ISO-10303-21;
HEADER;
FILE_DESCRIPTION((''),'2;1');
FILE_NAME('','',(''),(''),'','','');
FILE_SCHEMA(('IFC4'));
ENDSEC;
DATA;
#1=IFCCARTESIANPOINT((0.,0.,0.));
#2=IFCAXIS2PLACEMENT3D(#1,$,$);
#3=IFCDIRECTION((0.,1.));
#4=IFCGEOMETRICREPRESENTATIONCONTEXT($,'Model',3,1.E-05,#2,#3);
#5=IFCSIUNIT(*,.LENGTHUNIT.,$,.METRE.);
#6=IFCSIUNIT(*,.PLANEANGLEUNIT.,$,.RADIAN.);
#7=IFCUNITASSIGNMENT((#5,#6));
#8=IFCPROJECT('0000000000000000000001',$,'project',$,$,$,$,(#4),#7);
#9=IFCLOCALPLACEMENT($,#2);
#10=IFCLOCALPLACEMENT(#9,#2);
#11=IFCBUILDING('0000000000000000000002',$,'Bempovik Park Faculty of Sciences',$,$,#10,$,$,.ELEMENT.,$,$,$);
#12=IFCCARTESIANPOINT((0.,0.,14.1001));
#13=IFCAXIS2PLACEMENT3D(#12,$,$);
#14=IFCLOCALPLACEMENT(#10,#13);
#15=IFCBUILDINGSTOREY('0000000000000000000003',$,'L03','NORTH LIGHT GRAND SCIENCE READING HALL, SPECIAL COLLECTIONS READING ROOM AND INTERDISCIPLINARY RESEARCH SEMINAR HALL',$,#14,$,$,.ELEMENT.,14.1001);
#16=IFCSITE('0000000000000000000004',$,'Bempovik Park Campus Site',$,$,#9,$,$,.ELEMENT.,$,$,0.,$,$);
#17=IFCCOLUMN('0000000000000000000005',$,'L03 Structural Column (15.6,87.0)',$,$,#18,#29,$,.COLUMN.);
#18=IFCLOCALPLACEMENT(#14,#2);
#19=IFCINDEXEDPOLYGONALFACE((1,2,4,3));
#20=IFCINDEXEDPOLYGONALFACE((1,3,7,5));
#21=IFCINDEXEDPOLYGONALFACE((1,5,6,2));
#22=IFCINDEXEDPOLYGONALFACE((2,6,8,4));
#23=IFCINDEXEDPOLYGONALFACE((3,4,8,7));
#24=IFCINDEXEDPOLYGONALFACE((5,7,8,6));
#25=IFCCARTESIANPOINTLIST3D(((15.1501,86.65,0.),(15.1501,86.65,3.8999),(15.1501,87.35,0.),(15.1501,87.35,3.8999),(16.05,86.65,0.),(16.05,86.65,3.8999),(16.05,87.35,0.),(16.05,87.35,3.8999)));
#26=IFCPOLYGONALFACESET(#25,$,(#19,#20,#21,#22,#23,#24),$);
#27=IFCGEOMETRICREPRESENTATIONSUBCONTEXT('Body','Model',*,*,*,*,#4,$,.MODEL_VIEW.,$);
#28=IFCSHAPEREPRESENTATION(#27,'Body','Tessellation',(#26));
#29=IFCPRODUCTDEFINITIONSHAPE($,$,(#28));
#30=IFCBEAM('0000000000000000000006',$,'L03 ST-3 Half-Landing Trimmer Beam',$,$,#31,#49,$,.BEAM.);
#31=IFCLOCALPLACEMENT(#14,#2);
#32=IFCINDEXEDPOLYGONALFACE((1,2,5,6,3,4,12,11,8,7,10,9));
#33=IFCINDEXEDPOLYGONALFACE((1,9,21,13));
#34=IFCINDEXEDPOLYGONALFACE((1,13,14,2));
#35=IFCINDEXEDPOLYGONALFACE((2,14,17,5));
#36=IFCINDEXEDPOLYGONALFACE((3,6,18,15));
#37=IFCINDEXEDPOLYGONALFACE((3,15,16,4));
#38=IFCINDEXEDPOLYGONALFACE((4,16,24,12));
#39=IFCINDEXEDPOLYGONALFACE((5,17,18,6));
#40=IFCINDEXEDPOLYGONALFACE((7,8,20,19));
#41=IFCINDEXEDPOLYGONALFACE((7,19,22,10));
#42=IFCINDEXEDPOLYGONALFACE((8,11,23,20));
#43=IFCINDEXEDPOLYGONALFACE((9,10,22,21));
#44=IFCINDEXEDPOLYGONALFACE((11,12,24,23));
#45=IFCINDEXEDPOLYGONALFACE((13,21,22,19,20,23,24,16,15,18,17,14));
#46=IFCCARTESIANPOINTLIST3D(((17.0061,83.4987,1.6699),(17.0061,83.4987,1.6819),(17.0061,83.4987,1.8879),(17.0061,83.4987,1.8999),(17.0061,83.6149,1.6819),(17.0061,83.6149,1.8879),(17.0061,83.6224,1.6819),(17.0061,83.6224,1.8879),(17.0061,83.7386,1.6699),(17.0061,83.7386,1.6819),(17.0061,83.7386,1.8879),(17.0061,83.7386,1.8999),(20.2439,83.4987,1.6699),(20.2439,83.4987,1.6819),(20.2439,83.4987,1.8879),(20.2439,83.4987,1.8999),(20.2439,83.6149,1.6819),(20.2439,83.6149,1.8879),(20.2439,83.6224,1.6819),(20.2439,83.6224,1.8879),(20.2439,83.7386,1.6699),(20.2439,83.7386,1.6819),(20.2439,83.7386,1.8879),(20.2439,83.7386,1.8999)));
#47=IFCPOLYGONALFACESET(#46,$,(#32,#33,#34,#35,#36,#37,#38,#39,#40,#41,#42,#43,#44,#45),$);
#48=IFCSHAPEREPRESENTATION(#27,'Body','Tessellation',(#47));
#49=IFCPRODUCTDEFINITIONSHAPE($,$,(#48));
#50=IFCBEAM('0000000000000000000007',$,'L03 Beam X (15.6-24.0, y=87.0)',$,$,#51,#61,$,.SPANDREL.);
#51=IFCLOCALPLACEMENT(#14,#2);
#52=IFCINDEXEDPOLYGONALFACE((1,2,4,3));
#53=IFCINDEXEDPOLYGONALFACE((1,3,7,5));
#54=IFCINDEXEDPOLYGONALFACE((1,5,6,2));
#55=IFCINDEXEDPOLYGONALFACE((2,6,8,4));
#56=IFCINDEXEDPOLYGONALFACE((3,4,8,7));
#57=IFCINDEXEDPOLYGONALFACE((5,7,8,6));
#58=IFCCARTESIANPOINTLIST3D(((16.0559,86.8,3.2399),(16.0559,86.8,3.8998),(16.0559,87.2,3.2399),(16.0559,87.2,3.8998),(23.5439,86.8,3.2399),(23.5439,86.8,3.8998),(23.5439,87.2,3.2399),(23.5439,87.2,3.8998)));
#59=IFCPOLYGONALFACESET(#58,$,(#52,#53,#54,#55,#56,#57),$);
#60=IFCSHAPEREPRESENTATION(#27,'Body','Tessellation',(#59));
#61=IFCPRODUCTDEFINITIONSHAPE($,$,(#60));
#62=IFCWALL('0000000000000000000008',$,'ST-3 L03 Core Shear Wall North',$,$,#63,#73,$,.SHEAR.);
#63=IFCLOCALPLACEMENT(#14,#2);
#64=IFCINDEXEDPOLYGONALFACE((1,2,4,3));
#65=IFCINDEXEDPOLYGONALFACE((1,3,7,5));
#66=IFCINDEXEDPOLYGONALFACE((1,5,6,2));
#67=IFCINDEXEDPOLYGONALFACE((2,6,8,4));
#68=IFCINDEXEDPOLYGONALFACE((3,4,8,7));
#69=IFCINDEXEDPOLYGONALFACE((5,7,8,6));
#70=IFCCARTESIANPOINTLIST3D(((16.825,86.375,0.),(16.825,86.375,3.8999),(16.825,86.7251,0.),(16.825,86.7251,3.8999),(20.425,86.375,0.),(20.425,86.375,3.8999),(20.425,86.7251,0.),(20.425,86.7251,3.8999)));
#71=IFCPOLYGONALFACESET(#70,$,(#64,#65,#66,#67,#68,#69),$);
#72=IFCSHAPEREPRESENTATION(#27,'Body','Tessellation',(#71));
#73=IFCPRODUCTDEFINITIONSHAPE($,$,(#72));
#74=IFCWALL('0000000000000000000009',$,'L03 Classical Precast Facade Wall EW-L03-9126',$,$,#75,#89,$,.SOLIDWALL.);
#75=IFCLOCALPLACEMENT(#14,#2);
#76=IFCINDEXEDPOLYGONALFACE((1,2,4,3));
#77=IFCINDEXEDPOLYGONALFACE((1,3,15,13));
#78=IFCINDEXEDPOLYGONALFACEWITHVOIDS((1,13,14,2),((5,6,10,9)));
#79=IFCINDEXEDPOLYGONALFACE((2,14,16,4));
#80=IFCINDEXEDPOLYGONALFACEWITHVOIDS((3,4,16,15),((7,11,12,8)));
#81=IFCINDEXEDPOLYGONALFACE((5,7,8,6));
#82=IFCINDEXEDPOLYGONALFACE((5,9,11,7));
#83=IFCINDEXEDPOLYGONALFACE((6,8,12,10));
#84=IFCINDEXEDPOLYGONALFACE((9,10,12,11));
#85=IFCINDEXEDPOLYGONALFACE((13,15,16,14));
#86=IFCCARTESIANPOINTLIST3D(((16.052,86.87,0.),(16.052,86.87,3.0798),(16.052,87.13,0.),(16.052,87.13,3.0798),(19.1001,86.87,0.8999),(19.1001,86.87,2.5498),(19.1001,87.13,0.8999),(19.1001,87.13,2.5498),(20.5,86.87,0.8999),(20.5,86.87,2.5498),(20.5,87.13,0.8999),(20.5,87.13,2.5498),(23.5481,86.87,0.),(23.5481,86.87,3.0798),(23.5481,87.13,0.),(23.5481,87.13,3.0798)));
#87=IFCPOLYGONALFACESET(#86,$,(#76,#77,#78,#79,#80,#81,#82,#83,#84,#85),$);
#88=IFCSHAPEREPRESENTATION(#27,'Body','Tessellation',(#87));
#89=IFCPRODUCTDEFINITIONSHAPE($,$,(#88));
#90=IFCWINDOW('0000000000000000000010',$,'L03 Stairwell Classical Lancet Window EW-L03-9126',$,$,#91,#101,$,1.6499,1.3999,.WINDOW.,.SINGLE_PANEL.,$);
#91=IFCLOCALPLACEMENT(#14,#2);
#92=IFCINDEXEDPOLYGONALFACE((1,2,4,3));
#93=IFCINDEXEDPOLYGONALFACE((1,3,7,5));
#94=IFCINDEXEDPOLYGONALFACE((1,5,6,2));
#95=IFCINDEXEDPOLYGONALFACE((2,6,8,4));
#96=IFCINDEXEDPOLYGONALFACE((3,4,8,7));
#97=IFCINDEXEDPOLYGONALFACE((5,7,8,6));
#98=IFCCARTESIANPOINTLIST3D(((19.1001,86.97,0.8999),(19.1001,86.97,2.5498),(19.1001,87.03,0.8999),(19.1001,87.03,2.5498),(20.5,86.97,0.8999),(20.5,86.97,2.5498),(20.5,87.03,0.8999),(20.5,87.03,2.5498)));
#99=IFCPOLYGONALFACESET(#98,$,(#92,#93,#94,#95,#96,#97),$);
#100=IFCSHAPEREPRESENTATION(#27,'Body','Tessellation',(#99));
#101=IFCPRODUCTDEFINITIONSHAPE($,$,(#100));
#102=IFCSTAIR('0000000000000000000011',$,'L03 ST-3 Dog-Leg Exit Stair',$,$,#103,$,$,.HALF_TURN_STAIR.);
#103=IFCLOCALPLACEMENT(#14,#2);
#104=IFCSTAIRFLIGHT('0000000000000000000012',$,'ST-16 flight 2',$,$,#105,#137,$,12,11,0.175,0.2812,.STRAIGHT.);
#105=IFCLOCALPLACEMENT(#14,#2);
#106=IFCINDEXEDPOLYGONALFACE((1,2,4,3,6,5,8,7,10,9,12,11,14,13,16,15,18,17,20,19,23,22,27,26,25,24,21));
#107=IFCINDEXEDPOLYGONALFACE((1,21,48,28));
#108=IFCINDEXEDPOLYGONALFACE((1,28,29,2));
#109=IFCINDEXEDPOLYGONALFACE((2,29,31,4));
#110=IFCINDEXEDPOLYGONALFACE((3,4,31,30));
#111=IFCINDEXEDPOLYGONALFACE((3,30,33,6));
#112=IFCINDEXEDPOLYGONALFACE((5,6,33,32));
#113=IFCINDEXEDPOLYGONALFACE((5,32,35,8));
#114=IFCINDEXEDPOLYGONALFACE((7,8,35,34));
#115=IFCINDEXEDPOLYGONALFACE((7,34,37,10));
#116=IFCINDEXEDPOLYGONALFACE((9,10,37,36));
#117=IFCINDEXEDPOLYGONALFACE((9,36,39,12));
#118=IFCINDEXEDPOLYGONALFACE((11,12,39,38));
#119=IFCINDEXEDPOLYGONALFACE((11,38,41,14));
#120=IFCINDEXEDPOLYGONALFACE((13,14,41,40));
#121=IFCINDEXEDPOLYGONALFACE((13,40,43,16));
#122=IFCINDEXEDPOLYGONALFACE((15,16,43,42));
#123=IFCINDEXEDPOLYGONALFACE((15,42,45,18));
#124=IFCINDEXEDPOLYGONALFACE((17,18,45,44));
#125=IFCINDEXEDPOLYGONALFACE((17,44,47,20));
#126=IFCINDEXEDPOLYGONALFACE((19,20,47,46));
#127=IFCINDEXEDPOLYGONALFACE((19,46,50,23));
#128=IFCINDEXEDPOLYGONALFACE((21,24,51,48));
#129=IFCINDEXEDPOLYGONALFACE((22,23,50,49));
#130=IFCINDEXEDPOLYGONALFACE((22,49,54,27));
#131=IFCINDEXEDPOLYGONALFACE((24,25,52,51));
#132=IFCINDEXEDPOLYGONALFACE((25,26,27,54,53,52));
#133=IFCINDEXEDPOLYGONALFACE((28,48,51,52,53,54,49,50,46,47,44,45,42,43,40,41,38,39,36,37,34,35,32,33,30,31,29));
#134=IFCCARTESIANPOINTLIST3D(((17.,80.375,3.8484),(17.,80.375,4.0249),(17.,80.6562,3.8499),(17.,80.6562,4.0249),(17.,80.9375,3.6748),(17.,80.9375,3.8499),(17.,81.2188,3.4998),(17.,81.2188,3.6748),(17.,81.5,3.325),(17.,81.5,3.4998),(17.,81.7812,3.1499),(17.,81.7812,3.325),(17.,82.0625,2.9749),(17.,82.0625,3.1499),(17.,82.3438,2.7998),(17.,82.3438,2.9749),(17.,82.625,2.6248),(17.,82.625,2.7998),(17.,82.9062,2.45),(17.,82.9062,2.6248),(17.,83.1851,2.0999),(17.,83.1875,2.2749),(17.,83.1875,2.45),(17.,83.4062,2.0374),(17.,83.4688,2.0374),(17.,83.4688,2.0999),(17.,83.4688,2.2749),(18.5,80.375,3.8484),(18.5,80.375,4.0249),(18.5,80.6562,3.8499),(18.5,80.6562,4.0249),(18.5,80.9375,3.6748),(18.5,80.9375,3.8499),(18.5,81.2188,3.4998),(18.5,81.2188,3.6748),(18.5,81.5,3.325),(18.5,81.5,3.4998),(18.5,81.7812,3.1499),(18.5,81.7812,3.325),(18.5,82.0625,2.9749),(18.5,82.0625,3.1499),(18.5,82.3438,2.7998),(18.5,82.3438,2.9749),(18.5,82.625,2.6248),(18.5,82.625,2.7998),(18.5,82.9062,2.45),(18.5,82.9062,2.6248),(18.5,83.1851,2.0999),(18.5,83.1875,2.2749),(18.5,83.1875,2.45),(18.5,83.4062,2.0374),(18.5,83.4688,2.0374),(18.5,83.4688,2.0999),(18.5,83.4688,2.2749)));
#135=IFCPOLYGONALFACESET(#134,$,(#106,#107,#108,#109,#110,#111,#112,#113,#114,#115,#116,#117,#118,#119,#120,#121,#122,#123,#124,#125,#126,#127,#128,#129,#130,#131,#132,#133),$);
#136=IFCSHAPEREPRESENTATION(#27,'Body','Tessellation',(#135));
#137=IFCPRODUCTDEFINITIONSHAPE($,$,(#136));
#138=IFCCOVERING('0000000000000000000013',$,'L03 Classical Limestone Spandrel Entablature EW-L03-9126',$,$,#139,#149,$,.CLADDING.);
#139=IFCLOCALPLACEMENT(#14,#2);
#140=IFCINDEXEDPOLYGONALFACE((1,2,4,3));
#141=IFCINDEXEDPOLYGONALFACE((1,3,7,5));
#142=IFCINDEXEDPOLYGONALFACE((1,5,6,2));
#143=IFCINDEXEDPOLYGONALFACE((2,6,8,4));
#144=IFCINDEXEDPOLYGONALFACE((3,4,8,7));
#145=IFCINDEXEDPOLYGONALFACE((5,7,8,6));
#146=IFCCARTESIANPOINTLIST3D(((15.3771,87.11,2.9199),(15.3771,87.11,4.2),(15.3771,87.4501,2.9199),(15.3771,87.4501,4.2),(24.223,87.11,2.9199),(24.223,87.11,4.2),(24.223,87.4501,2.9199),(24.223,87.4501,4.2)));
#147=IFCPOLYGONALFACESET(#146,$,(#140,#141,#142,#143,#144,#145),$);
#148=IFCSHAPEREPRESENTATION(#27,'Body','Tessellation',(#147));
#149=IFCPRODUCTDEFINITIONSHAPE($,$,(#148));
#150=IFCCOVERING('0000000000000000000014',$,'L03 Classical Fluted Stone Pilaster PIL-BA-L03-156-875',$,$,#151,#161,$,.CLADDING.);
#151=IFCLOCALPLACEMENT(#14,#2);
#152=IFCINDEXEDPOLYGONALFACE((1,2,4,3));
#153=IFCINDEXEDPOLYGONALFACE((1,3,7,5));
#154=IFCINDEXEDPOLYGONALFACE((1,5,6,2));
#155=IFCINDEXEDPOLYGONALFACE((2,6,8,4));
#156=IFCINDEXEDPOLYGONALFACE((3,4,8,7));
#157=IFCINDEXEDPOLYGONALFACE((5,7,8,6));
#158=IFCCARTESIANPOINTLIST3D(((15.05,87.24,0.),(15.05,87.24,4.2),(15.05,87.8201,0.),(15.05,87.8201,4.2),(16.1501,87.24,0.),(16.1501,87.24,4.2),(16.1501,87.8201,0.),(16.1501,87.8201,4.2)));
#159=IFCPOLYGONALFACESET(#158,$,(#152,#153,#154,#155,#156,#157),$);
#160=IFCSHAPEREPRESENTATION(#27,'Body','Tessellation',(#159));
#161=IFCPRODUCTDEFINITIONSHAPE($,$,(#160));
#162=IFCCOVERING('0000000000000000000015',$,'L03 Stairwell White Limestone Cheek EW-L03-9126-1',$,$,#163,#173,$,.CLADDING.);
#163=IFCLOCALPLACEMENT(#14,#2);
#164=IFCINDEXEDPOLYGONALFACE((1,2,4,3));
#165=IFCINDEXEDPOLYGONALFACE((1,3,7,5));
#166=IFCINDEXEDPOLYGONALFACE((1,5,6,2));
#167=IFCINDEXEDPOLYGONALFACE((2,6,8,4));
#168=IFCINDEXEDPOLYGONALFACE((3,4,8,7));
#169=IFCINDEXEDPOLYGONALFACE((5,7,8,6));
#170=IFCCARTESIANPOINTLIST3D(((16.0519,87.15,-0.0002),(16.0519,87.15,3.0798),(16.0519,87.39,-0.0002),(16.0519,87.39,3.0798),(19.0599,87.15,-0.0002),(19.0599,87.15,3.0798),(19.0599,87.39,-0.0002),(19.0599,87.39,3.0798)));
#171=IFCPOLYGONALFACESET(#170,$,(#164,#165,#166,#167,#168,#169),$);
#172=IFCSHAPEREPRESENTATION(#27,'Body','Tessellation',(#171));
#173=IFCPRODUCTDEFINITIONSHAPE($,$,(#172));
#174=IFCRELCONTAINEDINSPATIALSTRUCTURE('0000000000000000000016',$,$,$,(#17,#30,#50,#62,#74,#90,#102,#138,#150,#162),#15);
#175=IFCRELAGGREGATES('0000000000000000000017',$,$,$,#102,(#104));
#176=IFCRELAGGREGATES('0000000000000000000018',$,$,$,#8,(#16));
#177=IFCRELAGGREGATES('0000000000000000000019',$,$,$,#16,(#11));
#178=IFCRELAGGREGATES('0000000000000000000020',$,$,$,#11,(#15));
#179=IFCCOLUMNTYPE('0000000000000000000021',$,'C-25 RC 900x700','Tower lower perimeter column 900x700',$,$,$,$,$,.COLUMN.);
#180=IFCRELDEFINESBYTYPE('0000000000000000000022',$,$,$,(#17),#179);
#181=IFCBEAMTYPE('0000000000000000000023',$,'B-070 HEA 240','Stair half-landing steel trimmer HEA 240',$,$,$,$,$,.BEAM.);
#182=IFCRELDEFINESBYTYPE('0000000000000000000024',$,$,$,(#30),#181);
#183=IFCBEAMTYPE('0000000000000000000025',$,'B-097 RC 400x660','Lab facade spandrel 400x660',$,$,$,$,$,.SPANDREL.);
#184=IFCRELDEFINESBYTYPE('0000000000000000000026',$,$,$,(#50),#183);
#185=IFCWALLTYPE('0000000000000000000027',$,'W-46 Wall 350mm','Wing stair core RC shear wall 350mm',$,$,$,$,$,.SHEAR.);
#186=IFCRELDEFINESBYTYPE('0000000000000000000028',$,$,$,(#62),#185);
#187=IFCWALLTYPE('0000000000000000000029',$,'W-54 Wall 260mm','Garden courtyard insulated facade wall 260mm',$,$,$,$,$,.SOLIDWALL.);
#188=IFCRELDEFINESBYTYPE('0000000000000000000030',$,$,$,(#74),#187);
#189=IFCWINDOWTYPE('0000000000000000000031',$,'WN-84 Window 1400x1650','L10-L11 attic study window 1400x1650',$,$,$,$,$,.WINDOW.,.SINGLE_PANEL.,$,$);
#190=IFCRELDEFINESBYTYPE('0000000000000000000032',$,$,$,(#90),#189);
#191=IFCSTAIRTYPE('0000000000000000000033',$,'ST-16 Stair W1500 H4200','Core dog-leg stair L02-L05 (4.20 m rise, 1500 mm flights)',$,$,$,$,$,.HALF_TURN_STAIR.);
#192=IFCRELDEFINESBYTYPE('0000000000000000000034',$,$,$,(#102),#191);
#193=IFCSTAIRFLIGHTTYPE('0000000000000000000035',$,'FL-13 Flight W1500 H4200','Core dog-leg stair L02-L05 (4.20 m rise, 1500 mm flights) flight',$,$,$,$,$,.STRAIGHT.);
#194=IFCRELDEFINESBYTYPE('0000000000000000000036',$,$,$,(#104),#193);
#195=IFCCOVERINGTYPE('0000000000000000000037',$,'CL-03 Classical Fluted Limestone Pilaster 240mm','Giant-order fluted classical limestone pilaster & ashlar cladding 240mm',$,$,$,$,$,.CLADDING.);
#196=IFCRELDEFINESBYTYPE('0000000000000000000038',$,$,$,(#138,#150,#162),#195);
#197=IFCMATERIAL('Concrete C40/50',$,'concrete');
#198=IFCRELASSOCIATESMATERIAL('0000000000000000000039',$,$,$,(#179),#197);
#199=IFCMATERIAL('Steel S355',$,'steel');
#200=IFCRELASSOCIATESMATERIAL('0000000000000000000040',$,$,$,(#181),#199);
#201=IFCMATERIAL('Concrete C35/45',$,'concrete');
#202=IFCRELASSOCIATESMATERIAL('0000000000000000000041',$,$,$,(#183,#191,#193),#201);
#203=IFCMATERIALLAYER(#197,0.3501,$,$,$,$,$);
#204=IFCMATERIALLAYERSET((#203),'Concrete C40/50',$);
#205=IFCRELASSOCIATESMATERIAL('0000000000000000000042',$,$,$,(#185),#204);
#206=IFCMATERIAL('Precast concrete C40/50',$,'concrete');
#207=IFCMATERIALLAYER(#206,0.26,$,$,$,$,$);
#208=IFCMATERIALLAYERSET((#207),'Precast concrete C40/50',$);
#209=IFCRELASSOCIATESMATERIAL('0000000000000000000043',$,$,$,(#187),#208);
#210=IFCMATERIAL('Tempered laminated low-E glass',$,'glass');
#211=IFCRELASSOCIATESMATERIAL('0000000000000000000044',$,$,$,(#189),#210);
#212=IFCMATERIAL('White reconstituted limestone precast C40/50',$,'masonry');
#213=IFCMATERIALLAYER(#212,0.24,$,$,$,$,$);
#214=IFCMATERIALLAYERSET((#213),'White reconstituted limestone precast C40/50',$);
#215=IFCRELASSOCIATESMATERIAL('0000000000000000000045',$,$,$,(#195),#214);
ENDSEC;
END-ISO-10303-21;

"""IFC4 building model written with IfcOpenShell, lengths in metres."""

from ifc_helpers import new_model, si_unit, direction, frame, frame_2d, origin, origin_2d, place, context, subcontext, project, spatial, polyline, rectangle, i_section, outline, extrude, material, layer, layer_set, material_profile, profile_set, type_object, element, fill, aggregate, save


model = new_model("IFC4")

# Units and contexts
model_context = context("Model", 3, precision=1e-05, world=origin(), true_north=direction((0.0, 1.0)))
body_context = subcontext(model_context, "Body", "Model", "MODEL_VIEW")
ifc_project = project(units=[si_unit("LENGTHUNIT", "METRE"), si_unit("PLANEANGLEUNIT", "RADIAN")], contexts=[model_context])

# Site, building, storey
site_placement = place(None, origin())
site = spatial("IfcSite", under=ifc_project, at=site_placement, Name="Bempovik Park Campus Site", CompositionType="ELEMENT", RefElevation=0.0)
building_placement = place(site_placement, origin())
building = spatial("IfcBuilding", under=site, at=building_placement, Name="Bempovik Park Faculty of Sciences", CompositionType="ELEMENT")
storey_placement = place(building_placement, frame((0.0, 0.0, 14.1001)))
storey = spatial("IfcBuildingStorey", under=building, at=storey_placement, Name="L03", Description="NORTH LIGHT GRAND SCIENCE READING HALL, SPECIAL COLLECTIONS READING ROOM AND INTERDISCIPLINARY RESEARCH SEMINAR HALL", CompositionType="ELEMENT", Elevation=14.1001)

# Column
ifc_material_1 = material(Name="Concrete C40/50", Category="concrete")
ifc_material_profile_1 = material_profile(ifc_material_1, rectangle(XDim=0.8999, YDim=0.7, at=origin_2d()), Name="RC 900x700")
ifc_profile_set_1 = profile_set([ifc_material_profile_1], Name="Concrete C40/50")
column_type = type_object("IfcColumnType", Name="C-25 RC 900x700", Description="Tower lower perimeter column 900x700", PredefinedType="COLUMN", material=ifc_profile_set_1)
column_placement = place(storey_placement, frame((15.6001, 87.0, 0.0), z_axis=(0.0, 0.0, 1.0), x_axis=(1.0, 0.0, 0.0)))
element("IfcColumn", 1, at=column_placement, inside=storey, type_object=column_type, Name="L03 Structural Column (15.6,87.0)", PredefinedType="COLUMN", context=body_context, shape_type="SweptSolid", body=[
    extrude(rectangle(XDim=0.8999, YDim=0.7, at=origin_2d()), origin(), (0.0, 0.0, 1.0), 3.8999),
])

# Beams
ifc_material_2 = material(Name="Steel S355", Category="steel")
ifc_material_profile_2 = material_profile(ifc_material_2, i_section(OverallWidth=0.24, OverallDepth=0.23, WebThickness=0.0076, FlangeThickness=0.012, at=origin_2d()), Name="HEA 240")
ifc_profile_set_2 = profile_set([ifc_material_profile_2], Name="Steel S355")
beam_type_1 = type_object("IfcBeamType", Name="B-070 HEA 240", Description="Stair half-landing steel trimmer HEA 240", PredefinedType="BEAM", material=ifc_profile_set_2)
beam_1_placement = place(storey_placement, frame((17.0061, 83.6187, 1.7849), z_axis=(1.0, 0.0, 0.0), x_axis=(0.0, 1.0, 0.0)))
element("IfcBeam", 2, at=beam_1_placement, inside=storey, type_object=beam_type_1, Name="L03 ST-3 Half-Landing Trimmer Beam", PredefinedType="BEAM", context=body_context, shape_type="SweptSolid", body=[
    extrude(i_section(OverallWidth=0.24, OverallDepth=0.23, WebThickness=0.0076, FlangeThickness=0.012, at=origin_2d()), origin(), (0.0, 0.0, 1.0), 3.2378),
])
ifc_material_3 = material(Name="Concrete C35/45", Category="concrete")
ifc_material_profile_3 = material_profile(ifc_material_3, rectangle(XDim=0.3999, YDim=0.6599, at=origin_2d()), Name="RC 400x660")
ifc_profile_set_3 = profile_set([ifc_material_profile_3], Name="Concrete C35/45")
beam_type_2 = type_object("IfcBeamType", Name="B-097 RC 400x660", Description="Lab facade spandrel 400x660", PredefinedType="SPANDREL", material=ifc_profile_set_3)
beam_2_placement = place(storey_placement, frame((16.0559, 87.0, 3.5698), z_axis=(1.0, 0.0, 0.0), x_axis=(0.0, 1.0, 0.0)))
element("IfcBeam", 3, at=beam_2_placement, inside=storey, type_object=beam_type_2, Name="L03 Beam X (15.6-24.0, y=87.0)", PredefinedType="SPANDREL", context=body_context, shape_type="SweptSolid", body=[
    extrude(rectangle(XDim=0.3999, YDim=0.6599, at=origin_2d()), origin(), (0.0, 0.0, 1.0), 7.488),
])

# Wall
ifc_layer_1 = layer(ifc_material_1, 0.3501)
ifc_layer_set_1 = layer_set([ifc_layer_1], Name="Concrete C40/50")
wall_type_1 = type_object("IfcWallType", Name="W-46 Wall 350mm", Description="Wing stair core RC shear wall 350mm", PredefinedType="SHEAR", material=ifc_layer_set_1)
wall_1_placement = place(storey_placement, frame((16.825, 86.55, 0.0), z_axis=(0.0, 0.0, 1.0), x_axis=(1.0, 0.0, 0.0)))
element("IfcWall", 4, at=wall_1_placement, inside=storey, type_object=wall_type_1, Name="ST-3 L03 Core Shear Wall North", PredefinedType="SHEAR", context=body_context, shape_type="SweptSolid", body=[
    extrude(rectangle(XDim=3.6001, YDim=0.3501, at=frame_2d((1.8, 0.0))), origin(), (0.0, 0.0, 1.0), 3.8999),
])

# Wall, opening, window
ifc_material_4 = material(Name="Precast concrete C40/50", Category="concrete")
ifc_layer_2 = layer(ifc_material_4, 0.26)
ifc_layer_set_2 = layer_set([ifc_layer_2], Name="Precast concrete C40/50")
wall_type_2 = type_object("IfcWallType", Name="W-54 Wall 260mm", Description="Garden courtyard insulated facade wall 260mm", PredefinedType="SOLIDWALL", material=ifc_layer_set_2)
wall_2_placement = place(storey_placement, frame((16.052, 87.0, 0.0), z_axis=(0.0, 0.0, 1.0), x_axis=(1.0, 0.0, 0.0)))
wall_2 = element("IfcWall", 5, at=wall_2_placement, inside=storey, type_object=wall_type_2, Name="L03 Classical Precast Facade Wall EW-L03-9126", PredefinedType="SOLIDWALL", context=body_context, shape_type="SweptSolid", body=[
    extrude(rectangle(XDim=7.4961, YDim=0.26, at=frame_2d((3.748, 0.0))), origin(), (0.0, 0.0, 1.0), 3.0798),
])
opening_placement = place(wall_2_placement, frame((3.0481, 0.0, 0.8999)))
opening = element("IfcOpeningElement", 6, at=opening_placement, cuts=wall_2, PredefinedType="OPENING", context=body_context, shape_type="SweptSolid", body=[
    extrude(rectangle(XDim=1.3999, YDim=1.6499, at=frame_2d((0.7, 0.825))), frame((0.0, 0.1401, 0.0), z_axis=(0.0, -1.0, 0.0), x_axis=(1.0, 0.0, 0.0)), (0.0, 0.0, 1.0), 0.28),
])
ifc_material_5 = material(Name="Tempered laminated low-E glass", Category="glass")
window_type = type_object("IfcWindowType", Name="WN-84 Window 1400x1650", Description="L10-L11 attic study window 1400x1650", PartitioningType="SINGLE_PANEL", PredefinedType="WINDOW", material=ifc_material_5)
window_placement = place(opening_placement, origin())
window = element("IfcWindow", 7, at=window_placement, inside=storey, type_object=window_type, Name="L03 Stairwell Classical Lancet Window EW-L03-9126", OverallHeight=1.6499, OverallWidth=1.3999, PartitioningType="SINGLE_PANEL", PredefinedType="WINDOW", context=body_context, shape_type="SweptSolid", body=[
    extrude(rectangle(XDim=1.3999, YDim=1.6499, at=frame_2d((0.7, 0.825))), frame((0.0, 0.03, 0.0), z_axis=(0.0, -1.0, 0.0), x_axis=(1.0, 0.0, 0.0)), (0.0, 0.0, 1.0), 0.0601),
])
fill(opening, window)

# Stair, stair flight
stair_type = type_object("IfcStairType", Name="ST-16 Stair W1500 H4200", Description="Core dog-leg stair L02-L05 (4.20 m rise, 1500 mm flights)", PredefinedType="HALF_TURN_STAIR", material=ifc_material_3)
stair_placement = place(storey_placement, origin())
stair = element("IfcStair", 8, at=stair_placement, inside=storey, type_object=stair_type, Name="L03 ST-3 Dog-Leg Exit Stair", PredefinedType="HALF_TURN_STAIR")
stair_flight_type = type_object("IfcStairFlightType", Name="FL-13 Flight W1500 H4200", Description="Core dog-leg stair L02-L05 (4.20 m rise, 1500 mm flights) flight", PredefinedType="STRAIGHT", material=ifc_material_3)
stair_flight_placement = place(storey_placement, frame((17.75, 83.4688, 2.0999), z_axis=(0.0, 0.0, 1.0), x_axis=(0.0, -1.0, 0.0)))
stair_flight = element("IfcStairFlight", 9, at=stair_flight_placement, type_object=stair_flight_type, Name="ST-16 flight 2", NumberOfRisers=12, NumberOfTreads=11, PredefinedType="STRAIGHT", RiserHeight=0.175, TreadLength=0.2812, context=body_context, shape_type="SweptSolid", body=[
    extrude(outline(polyline([(0.0, 0.0), (0.0, 0.175), (0.2812, 0.175), (0.2812, 0.3501), (0.5625, 0.3501), (0.5625, 0.5249), (0.8438, 0.5249), (0.8438, 0.7), (1.125, 0.7), (1.125, 0.875), (1.4062, 0.875), (1.4062, 1.05), (1.6875, 1.05), (1.6875, 1.2251), (1.9688, 1.2251), (1.9688, 1.3999), (2.25, 1.3999), (2.25, 1.575), (2.5312, 1.575), (2.5312, 1.75), (2.8125, 1.75), (2.8125, 1.925), (3.0938, 1.925), (3.0938, 2.1001), (3.0938, 1.7485), (0.2837, 0.0), (0.0625, -0.0625), (0.0, -0.0625), (0.0, 0.0)])), frame((0.0, 0.75, 0.0), z_axis=(0.0, -1.0, 0.0), x_axis=(1.0, 0.0, 0.0)), (0.0, 0.0, 1.0), 1.5),
])
aggregate(stair, [stair_flight])

# Coverings
ifc_material_6 = material(Name="White reconstituted limestone precast C40/50", Category="masonry")
ifc_layer_3 = layer(ifc_material_6, 0.24)
ifc_layer_set_3 = layer_set([ifc_layer_3], Name="White reconstituted limestone precast C40/50")
covering_type = type_object("IfcCoveringType", Name="CL-03 Classical Fluted Limestone Pilaster 240mm", Description="Giant-order fluted classical limestone pilaster & ashlar cladding 240mm", PredefinedType="CLADDING", material=ifc_layer_set_3)
covering_1_placement = place(storey_placement, frame((19.8, 87.28, 2.9199), z_axis=(0.0, 0.0, 1.0), x_axis=(1.0, 0.0, 0.0)))
element("IfcCovering", 10, at=covering_1_placement, inside=storey, type_object=covering_type, Name="L03 Classical Limestone Spandrel Entablature EW-L03-9126", PredefinedType="CLADDING", context=body_context, shape_type="SweptSolid", body=[
    extrude(rectangle(XDim=8.8459, YDim=0.3401, at=origin_2d()), origin(), (0.0, 0.0, 1.0), 1.28),
])
covering_2_placement = place(storey_placement, frame((15.6001, 87.53, 0.0), z_axis=(0.0, 0.0, 1.0), x_axis=(1.0, 0.0, 0.0)))
element("IfcCovering", 11, at=covering_2_placement, inside=storey, type_object=covering_type, Name="L03 Classical Fluted Stone Pilaster PIL-BA-L03-156-875", PredefinedType="CLADDING", context=body_context, shape_type="SweptSolid", body=[
    extrude(rectangle(XDim=1.1001, YDim=0.5801, at=origin_2d()), origin(), (0.0, 0.0, 1.0), 4.2),
])
for number, where, z_axis, x_axis, name in (
    (12, (17.5559, 87.27, -0.0002), (0.0, 0.0, 1.0), (1.0, 0.0, 0.0), "L03 Stairwell White Limestone Cheek EW-L03-9126-1"),
):
    element("IfcCovering", number, at=place(storey_placement, frame(where, z_axis=z_axis, x_axis=x_axis)), inside=storey, type_object=covering_type, Name=name, PredefinedType="CLADDING", context=body_context, shape_type="SweptSolid", body=[
        extrude(rectangle(XDim=3.0081, YDim=0.24, at=origin_2d()), origin(), (0.0, 0.0, 1.0), 3.0801),
    ])

save(model, "model.ifc")
